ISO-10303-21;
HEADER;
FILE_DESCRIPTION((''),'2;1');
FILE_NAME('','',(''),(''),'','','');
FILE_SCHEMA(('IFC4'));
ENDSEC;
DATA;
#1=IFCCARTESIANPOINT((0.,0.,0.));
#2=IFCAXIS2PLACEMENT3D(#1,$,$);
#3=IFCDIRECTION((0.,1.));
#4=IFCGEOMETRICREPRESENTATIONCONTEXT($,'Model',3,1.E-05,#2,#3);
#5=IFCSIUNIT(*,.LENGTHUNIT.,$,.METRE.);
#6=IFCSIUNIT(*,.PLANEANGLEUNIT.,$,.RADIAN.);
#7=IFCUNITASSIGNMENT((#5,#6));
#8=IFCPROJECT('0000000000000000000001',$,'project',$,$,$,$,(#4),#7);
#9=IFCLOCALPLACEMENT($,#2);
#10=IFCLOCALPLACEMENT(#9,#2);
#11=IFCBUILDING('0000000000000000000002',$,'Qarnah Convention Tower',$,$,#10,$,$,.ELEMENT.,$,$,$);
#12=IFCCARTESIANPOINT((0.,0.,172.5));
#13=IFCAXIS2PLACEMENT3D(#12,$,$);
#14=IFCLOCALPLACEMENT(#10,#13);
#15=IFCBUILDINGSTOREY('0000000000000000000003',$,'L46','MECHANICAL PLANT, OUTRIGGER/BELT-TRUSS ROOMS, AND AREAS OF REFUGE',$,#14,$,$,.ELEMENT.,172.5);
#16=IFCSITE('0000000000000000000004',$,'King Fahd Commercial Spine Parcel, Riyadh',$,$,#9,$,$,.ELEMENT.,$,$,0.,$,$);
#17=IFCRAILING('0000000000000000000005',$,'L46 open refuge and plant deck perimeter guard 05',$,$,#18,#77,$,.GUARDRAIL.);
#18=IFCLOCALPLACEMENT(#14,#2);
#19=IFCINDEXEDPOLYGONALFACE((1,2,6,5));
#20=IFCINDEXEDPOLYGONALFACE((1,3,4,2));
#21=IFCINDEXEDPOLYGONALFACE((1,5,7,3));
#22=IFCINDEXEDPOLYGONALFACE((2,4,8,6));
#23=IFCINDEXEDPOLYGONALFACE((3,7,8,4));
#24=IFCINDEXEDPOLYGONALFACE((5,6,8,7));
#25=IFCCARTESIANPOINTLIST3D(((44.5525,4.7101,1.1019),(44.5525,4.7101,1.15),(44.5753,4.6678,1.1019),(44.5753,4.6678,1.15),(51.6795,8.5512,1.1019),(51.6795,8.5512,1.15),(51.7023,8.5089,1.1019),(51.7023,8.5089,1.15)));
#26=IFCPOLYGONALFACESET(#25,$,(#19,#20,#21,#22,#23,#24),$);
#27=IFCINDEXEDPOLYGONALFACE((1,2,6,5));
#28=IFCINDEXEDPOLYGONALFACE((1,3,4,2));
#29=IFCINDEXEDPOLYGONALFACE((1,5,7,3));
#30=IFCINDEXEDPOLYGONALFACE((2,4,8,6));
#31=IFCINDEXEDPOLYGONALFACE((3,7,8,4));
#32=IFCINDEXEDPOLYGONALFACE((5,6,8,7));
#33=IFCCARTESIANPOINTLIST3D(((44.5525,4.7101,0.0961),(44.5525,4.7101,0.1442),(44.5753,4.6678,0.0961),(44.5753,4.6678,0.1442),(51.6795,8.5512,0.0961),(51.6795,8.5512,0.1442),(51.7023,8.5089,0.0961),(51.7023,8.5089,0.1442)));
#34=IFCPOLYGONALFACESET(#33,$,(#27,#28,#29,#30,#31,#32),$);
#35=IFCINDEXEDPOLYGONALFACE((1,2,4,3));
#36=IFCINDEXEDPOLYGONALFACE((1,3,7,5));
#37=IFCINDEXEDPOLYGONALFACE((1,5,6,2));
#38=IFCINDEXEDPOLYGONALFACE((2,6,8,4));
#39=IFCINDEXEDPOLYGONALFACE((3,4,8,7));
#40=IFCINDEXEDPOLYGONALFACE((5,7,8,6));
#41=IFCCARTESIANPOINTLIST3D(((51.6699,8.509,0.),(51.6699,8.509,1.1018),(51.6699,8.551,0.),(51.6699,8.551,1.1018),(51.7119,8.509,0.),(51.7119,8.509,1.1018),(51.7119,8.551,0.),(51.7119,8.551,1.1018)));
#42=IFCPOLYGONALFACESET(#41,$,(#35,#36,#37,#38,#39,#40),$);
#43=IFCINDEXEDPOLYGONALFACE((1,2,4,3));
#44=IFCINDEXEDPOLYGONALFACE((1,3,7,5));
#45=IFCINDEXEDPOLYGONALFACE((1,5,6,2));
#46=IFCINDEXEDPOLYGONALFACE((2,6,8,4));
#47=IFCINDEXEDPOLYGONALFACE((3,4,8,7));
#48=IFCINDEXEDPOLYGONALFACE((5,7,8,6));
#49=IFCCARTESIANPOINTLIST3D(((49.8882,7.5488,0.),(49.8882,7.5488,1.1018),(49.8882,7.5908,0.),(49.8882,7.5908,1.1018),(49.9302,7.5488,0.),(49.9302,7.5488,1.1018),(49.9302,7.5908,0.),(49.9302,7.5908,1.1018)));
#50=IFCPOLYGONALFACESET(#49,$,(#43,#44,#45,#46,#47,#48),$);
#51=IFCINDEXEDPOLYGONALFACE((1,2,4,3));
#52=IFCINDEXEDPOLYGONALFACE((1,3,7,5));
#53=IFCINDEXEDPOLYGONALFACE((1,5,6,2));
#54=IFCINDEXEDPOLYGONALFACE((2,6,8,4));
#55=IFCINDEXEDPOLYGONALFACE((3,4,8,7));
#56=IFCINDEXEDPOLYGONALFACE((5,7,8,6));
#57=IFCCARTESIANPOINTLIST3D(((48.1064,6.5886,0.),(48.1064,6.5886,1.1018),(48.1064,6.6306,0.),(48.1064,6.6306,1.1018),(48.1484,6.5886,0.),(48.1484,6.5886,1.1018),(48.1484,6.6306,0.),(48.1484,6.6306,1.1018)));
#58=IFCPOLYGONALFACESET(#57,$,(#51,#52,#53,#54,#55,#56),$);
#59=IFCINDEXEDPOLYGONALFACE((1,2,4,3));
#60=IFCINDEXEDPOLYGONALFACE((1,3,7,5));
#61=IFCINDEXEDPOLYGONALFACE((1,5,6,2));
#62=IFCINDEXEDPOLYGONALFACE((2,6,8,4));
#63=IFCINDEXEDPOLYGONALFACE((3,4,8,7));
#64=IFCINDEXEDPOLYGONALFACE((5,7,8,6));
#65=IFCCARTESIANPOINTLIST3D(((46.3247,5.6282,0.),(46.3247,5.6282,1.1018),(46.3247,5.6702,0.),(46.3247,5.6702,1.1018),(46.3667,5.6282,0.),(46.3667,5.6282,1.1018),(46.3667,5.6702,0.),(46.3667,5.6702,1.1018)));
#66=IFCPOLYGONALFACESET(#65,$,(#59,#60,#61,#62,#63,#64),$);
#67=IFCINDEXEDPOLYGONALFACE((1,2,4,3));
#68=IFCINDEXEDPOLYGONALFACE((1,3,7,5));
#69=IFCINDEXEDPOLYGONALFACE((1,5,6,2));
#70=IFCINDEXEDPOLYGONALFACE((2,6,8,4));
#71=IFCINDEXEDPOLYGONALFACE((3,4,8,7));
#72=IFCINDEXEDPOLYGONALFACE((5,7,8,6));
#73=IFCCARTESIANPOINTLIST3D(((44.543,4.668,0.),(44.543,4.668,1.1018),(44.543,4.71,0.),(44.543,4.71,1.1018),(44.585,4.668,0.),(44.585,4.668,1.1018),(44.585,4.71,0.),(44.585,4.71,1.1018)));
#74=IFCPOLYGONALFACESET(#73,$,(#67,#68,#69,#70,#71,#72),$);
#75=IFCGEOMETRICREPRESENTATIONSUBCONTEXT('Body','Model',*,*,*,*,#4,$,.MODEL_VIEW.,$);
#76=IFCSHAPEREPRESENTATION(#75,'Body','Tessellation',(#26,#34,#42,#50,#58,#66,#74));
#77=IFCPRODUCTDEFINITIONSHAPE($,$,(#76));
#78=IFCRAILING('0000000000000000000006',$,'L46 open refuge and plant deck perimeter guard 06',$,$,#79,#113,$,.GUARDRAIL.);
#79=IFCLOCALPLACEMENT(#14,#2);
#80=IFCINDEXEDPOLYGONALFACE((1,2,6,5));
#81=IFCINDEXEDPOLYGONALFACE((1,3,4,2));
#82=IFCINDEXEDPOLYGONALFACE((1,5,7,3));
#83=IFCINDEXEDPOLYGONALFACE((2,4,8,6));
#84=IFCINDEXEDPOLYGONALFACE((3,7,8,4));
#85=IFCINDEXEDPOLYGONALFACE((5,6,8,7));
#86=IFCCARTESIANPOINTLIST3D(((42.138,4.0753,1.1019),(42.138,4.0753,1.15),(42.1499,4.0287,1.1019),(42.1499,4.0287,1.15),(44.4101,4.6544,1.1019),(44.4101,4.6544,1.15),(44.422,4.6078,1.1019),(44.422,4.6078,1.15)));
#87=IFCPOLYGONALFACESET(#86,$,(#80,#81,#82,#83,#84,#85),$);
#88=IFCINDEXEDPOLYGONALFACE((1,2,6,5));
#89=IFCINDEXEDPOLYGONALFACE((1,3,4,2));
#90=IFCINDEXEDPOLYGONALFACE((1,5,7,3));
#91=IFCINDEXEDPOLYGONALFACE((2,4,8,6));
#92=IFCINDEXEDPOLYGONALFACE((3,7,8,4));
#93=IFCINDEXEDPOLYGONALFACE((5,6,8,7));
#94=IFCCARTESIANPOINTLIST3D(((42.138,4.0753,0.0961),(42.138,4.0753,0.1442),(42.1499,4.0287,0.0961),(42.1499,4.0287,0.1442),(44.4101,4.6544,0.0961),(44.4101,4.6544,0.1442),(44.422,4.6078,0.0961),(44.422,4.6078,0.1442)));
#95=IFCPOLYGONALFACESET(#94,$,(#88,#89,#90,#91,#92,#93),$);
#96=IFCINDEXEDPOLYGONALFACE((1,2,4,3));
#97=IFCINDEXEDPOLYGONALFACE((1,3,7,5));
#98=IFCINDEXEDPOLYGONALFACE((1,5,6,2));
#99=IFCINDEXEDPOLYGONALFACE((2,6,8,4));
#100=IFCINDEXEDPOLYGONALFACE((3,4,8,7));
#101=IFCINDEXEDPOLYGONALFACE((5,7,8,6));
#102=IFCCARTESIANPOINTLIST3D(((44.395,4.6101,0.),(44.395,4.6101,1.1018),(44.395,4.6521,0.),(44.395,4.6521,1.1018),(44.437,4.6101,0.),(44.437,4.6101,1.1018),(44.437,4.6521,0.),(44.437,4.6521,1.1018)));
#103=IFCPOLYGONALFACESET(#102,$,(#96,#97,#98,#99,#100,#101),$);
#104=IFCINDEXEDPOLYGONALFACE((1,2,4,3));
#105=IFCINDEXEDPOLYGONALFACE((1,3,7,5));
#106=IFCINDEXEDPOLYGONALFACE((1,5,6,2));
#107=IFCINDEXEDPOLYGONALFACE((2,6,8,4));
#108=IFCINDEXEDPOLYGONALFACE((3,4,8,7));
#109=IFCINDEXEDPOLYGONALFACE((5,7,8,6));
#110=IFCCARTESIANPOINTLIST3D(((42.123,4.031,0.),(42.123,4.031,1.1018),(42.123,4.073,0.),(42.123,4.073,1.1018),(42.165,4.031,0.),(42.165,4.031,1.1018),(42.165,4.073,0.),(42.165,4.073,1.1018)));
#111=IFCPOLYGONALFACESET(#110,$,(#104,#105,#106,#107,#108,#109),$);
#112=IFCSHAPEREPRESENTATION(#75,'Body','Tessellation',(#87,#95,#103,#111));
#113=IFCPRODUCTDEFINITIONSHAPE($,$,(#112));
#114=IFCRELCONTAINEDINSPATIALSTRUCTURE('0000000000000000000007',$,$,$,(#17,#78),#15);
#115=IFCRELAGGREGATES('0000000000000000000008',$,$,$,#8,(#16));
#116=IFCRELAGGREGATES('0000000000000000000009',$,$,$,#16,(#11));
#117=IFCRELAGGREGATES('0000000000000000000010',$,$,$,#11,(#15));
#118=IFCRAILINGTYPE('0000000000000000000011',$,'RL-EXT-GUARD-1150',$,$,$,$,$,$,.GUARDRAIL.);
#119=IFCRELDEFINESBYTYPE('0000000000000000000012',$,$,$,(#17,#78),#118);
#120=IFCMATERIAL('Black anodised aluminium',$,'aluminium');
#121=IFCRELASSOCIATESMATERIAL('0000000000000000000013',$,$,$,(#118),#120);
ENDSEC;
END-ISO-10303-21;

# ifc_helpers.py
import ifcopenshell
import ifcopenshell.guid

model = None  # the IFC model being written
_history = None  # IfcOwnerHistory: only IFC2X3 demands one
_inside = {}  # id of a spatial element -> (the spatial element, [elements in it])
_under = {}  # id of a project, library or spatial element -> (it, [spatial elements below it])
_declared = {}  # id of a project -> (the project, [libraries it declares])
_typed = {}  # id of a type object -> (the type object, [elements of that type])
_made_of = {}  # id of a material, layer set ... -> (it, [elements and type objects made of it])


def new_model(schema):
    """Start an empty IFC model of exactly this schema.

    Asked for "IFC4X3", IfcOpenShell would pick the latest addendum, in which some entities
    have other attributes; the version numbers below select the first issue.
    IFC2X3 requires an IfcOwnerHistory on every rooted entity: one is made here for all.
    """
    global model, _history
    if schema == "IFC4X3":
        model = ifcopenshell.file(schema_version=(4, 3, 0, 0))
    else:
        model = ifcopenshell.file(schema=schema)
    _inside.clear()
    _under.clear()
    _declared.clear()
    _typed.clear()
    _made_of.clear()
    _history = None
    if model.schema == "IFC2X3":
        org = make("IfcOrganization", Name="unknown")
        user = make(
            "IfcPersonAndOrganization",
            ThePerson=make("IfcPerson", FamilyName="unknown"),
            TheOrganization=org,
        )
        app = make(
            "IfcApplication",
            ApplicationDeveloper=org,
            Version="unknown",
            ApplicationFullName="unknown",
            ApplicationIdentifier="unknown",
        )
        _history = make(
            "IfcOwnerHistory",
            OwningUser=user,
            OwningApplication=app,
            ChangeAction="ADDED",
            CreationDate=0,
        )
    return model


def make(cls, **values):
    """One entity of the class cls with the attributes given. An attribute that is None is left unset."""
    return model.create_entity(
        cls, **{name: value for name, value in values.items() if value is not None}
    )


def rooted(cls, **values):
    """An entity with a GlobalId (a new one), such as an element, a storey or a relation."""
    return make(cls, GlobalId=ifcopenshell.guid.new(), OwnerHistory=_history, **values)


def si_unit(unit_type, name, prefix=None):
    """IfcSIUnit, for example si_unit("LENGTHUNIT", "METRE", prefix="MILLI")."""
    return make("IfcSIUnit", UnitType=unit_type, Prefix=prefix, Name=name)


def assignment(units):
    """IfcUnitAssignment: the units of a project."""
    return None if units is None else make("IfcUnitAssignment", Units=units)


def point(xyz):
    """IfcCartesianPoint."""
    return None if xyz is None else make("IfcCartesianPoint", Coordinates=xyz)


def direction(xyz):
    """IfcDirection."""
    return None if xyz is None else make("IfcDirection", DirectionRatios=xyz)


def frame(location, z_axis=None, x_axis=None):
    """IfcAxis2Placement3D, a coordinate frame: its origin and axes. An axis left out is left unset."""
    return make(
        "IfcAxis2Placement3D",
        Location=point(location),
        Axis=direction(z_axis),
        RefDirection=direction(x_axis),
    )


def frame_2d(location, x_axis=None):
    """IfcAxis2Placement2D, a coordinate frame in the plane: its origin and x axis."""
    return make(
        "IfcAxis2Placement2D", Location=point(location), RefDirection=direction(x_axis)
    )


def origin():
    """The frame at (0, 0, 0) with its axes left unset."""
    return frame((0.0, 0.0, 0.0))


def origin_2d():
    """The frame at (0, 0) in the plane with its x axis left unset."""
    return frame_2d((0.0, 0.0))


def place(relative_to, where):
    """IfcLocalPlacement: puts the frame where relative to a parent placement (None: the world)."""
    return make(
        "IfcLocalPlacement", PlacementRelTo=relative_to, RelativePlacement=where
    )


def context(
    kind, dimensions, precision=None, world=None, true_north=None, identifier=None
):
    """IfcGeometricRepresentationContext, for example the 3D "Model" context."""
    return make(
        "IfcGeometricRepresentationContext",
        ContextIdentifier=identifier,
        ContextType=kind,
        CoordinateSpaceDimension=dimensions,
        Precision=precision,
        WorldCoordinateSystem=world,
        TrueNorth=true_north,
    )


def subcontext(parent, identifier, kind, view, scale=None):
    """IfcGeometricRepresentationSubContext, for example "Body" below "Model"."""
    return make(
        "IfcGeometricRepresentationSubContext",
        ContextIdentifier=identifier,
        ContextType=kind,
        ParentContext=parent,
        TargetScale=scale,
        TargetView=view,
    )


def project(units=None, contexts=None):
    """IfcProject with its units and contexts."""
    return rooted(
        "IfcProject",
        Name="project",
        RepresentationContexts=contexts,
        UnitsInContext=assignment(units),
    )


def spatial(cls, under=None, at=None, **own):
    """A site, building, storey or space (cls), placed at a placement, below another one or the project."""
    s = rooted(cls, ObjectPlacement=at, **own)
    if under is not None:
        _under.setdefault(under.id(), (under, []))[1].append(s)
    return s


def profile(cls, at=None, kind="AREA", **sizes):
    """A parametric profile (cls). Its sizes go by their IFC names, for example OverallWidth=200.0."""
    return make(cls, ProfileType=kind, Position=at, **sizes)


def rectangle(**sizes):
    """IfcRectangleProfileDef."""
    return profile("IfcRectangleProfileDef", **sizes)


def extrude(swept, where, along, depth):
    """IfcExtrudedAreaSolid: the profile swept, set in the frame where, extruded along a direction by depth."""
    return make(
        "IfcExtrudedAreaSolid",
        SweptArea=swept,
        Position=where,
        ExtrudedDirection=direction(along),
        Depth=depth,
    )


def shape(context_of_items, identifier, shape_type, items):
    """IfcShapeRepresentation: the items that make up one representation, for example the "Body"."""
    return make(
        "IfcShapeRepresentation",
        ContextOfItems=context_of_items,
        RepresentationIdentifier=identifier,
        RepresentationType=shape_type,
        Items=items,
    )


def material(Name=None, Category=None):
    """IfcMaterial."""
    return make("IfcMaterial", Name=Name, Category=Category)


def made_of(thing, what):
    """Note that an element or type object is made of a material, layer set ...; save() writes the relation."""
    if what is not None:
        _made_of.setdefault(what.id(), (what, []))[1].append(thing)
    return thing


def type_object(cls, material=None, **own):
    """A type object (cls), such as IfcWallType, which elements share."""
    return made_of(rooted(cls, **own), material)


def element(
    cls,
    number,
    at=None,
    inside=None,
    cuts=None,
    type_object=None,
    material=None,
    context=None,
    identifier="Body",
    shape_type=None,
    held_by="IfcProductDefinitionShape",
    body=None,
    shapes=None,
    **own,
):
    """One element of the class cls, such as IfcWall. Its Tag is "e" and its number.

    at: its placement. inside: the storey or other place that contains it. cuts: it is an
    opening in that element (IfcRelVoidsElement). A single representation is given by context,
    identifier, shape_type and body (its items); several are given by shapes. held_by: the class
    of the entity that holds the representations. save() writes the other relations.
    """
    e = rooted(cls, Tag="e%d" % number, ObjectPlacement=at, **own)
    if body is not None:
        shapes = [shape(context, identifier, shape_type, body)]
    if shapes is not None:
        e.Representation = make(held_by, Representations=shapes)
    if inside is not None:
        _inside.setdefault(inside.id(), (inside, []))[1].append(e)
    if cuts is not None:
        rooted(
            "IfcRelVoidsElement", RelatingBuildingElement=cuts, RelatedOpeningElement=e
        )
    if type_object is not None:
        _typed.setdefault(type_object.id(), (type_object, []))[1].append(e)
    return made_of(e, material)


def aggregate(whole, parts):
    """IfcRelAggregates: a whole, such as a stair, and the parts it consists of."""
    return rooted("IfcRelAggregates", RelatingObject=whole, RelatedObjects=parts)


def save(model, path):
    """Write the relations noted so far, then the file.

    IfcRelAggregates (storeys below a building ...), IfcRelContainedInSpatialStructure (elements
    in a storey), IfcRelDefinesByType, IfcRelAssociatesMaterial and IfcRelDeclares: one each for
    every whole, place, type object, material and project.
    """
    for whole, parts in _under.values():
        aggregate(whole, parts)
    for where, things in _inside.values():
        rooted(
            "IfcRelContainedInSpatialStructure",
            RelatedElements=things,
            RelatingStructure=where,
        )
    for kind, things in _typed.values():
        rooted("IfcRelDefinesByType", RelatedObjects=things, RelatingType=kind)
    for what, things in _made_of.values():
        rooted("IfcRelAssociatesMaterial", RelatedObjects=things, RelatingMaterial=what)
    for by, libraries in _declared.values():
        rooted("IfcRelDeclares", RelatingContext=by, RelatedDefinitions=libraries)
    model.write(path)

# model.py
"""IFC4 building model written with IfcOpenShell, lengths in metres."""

from ifc_helpers import new_model, si_unit, direction, frame, origin, origin_2d, place, context, subcontext, project, spatial, rectangle, extrude, material, type_object, element, save


model = new_model("IFC4")

# Units and contexts
model_context = context("Model", 3, precision=1e-05, world=origin(), true_north=direction((0.0, 1.0)))
body_context = subcontext(model_context, "Body", "Model", "MODEL_VIEW")
ifc_project = project(units=[si_unit("LENGTHUNIT", "METRE"), si_unit("PLANEANGLEUNIT", "RADIAN")], contexts=[model_context])

# Site, building, storey
site_placement = place(None, origin())
site = spatial("IfcSite", under=ifc_project, at=site_placement, Name="King Fahd Commercial Spine Parcel, Riyadh", CompositionType="ELEMENT", RefElevation=0.0)
building_placement = place(site_placement, origin())
building = spatial("IfcBuilding", under=site, at=building_placement, Name="Qarnah Convention Tower", CompositionType="ELEMENT")
storey_placement = place(building_placement, frame((0.0, 0.0, 172.5)))
storey = spatial("IfcBuildingStorey", under=building, at=storey_placement, Name="L46", Description="MECHANICAL PLANT, OUTRIGGER/BELT-TRUSS ROOMS, AND AREAS OF REFUGE", CompositionType="ELEMENT", Elevation=172.5)

# Railings
ifc_material_1 = material(Name="Black anodised aluminium", Category="aluminium")
railing_type = type_object("IfcRailingType", Name="RL-EXT-GUARD-1150", PredefinedType="GUARDRAIL", material=ifc_material_1)
railing_1_placement = place(storey_placement, frame((51.6909, 8.53, 0.0)))
element("IfcRailing", 1, at=railing_1_placement, inside=storey, type_object=railing_type, Name="L46 open refuge and plant deck perimeter guard 05", PredefinedType="GUARDRAIL", context=body_context, shape_type="SweptSolid", body=[
    extrude(rectangle(XDim=0.0481, YDim=0.0481, at=origin_2d()), frame((0.0, 0.0, 1.126), z_axis=(-0.880292, -0.474432, 0.0), x_axis=(0.474432, -0.880292, 0.0)), (0.0, 0.0, 1.0), 8.0962),
    extrude(rectangle(XDim=0.0481, YDim=0.0481, at=origin_2d()), frame((0.0, 0.0, 0.1201), z_axis=(-0.880292, -0.474432, 0.0), x_axis=(0.474432, -0.880292, 0.0)), (0.0, 0.0, 1.0), 8.0962),
    extrude(rectangle(XDim=0.042, YDim=0.042, at=origin_2d()), origin(), (0.0, 0.0, 1.0), 1.1018),
    extrude(rectangle(XDim=0.042, YDim=0.042, at=origin_2d()), frame((-1.7817, -0.9602, 0.0)), (0.0, 0.0, 1.0), 1.1018),
    extrude(rectangle(XDim=0.042, YDim=0.042, at=origin_2d()), frame((-3.5635, -1.9204, 0.0)), (0.0, 0.0, 1.0), 1.1018),
    extrude(rectangle(XDim=0.042, YDim=0.042, at=origin_2d()), frame((-5.3452, -2.8809, 0.0)), (0.0, 0.0, 1.0), 1.1018),
    extrude(rectangle(XDim=0.042, YDim=0.042, at=origin_2d()), frame((-7.127, -3.8411, 0.0)), (0.0, 0.0, 1.0), 1.1018),
])
railing_2_placement = place(storey_placement, frame((44.416, 4.6311, 0.0)))
element("IfcRailing", 2, at=railing_2_placement, inside=storey, type_object=railing_type, Name="L46 open refuge and plant deck perimeter guard 06", PredefinedType="GUARDRAIL", context=body_context, shape_type="SweptSolid", body=[
    extrude(rectangle(XDim=0.0481, YDim=0.0481, at=origin_2d()), frame((0.0, 0.0, 1.126), z_axis=(-0.969017, -0.246992, 0.0), x_axis=(0.246992, -0.969017, 0.0)), (0.0, 0.0, 1.0), 2.3447),
    extrude(rectangle(XDim=0.0481, YDim=0.0481, at=origin_2d()), frame((0.0, 0.0, 0.1201), z_axis=(-0.969017, -0.246992, 0.0), x_axis=(0.246992, -0.969017, 0.0)), (0.0, 0.0, 1.0), 2.3447),
    extrude(rectangle(XDim=0.042, YDim=0.042, at=origin_2d()), origin(), (0.0, 0.0, 1.0), 1.1018),
    extrude(rectangle(XDim=0.042, YDim=0.042, at=origin_2d()), frame((-2.272, -0.5791, 0.0)), (0.0, 0.0, 1.0), 1.1018),
])

save(model, "model.ifc")
